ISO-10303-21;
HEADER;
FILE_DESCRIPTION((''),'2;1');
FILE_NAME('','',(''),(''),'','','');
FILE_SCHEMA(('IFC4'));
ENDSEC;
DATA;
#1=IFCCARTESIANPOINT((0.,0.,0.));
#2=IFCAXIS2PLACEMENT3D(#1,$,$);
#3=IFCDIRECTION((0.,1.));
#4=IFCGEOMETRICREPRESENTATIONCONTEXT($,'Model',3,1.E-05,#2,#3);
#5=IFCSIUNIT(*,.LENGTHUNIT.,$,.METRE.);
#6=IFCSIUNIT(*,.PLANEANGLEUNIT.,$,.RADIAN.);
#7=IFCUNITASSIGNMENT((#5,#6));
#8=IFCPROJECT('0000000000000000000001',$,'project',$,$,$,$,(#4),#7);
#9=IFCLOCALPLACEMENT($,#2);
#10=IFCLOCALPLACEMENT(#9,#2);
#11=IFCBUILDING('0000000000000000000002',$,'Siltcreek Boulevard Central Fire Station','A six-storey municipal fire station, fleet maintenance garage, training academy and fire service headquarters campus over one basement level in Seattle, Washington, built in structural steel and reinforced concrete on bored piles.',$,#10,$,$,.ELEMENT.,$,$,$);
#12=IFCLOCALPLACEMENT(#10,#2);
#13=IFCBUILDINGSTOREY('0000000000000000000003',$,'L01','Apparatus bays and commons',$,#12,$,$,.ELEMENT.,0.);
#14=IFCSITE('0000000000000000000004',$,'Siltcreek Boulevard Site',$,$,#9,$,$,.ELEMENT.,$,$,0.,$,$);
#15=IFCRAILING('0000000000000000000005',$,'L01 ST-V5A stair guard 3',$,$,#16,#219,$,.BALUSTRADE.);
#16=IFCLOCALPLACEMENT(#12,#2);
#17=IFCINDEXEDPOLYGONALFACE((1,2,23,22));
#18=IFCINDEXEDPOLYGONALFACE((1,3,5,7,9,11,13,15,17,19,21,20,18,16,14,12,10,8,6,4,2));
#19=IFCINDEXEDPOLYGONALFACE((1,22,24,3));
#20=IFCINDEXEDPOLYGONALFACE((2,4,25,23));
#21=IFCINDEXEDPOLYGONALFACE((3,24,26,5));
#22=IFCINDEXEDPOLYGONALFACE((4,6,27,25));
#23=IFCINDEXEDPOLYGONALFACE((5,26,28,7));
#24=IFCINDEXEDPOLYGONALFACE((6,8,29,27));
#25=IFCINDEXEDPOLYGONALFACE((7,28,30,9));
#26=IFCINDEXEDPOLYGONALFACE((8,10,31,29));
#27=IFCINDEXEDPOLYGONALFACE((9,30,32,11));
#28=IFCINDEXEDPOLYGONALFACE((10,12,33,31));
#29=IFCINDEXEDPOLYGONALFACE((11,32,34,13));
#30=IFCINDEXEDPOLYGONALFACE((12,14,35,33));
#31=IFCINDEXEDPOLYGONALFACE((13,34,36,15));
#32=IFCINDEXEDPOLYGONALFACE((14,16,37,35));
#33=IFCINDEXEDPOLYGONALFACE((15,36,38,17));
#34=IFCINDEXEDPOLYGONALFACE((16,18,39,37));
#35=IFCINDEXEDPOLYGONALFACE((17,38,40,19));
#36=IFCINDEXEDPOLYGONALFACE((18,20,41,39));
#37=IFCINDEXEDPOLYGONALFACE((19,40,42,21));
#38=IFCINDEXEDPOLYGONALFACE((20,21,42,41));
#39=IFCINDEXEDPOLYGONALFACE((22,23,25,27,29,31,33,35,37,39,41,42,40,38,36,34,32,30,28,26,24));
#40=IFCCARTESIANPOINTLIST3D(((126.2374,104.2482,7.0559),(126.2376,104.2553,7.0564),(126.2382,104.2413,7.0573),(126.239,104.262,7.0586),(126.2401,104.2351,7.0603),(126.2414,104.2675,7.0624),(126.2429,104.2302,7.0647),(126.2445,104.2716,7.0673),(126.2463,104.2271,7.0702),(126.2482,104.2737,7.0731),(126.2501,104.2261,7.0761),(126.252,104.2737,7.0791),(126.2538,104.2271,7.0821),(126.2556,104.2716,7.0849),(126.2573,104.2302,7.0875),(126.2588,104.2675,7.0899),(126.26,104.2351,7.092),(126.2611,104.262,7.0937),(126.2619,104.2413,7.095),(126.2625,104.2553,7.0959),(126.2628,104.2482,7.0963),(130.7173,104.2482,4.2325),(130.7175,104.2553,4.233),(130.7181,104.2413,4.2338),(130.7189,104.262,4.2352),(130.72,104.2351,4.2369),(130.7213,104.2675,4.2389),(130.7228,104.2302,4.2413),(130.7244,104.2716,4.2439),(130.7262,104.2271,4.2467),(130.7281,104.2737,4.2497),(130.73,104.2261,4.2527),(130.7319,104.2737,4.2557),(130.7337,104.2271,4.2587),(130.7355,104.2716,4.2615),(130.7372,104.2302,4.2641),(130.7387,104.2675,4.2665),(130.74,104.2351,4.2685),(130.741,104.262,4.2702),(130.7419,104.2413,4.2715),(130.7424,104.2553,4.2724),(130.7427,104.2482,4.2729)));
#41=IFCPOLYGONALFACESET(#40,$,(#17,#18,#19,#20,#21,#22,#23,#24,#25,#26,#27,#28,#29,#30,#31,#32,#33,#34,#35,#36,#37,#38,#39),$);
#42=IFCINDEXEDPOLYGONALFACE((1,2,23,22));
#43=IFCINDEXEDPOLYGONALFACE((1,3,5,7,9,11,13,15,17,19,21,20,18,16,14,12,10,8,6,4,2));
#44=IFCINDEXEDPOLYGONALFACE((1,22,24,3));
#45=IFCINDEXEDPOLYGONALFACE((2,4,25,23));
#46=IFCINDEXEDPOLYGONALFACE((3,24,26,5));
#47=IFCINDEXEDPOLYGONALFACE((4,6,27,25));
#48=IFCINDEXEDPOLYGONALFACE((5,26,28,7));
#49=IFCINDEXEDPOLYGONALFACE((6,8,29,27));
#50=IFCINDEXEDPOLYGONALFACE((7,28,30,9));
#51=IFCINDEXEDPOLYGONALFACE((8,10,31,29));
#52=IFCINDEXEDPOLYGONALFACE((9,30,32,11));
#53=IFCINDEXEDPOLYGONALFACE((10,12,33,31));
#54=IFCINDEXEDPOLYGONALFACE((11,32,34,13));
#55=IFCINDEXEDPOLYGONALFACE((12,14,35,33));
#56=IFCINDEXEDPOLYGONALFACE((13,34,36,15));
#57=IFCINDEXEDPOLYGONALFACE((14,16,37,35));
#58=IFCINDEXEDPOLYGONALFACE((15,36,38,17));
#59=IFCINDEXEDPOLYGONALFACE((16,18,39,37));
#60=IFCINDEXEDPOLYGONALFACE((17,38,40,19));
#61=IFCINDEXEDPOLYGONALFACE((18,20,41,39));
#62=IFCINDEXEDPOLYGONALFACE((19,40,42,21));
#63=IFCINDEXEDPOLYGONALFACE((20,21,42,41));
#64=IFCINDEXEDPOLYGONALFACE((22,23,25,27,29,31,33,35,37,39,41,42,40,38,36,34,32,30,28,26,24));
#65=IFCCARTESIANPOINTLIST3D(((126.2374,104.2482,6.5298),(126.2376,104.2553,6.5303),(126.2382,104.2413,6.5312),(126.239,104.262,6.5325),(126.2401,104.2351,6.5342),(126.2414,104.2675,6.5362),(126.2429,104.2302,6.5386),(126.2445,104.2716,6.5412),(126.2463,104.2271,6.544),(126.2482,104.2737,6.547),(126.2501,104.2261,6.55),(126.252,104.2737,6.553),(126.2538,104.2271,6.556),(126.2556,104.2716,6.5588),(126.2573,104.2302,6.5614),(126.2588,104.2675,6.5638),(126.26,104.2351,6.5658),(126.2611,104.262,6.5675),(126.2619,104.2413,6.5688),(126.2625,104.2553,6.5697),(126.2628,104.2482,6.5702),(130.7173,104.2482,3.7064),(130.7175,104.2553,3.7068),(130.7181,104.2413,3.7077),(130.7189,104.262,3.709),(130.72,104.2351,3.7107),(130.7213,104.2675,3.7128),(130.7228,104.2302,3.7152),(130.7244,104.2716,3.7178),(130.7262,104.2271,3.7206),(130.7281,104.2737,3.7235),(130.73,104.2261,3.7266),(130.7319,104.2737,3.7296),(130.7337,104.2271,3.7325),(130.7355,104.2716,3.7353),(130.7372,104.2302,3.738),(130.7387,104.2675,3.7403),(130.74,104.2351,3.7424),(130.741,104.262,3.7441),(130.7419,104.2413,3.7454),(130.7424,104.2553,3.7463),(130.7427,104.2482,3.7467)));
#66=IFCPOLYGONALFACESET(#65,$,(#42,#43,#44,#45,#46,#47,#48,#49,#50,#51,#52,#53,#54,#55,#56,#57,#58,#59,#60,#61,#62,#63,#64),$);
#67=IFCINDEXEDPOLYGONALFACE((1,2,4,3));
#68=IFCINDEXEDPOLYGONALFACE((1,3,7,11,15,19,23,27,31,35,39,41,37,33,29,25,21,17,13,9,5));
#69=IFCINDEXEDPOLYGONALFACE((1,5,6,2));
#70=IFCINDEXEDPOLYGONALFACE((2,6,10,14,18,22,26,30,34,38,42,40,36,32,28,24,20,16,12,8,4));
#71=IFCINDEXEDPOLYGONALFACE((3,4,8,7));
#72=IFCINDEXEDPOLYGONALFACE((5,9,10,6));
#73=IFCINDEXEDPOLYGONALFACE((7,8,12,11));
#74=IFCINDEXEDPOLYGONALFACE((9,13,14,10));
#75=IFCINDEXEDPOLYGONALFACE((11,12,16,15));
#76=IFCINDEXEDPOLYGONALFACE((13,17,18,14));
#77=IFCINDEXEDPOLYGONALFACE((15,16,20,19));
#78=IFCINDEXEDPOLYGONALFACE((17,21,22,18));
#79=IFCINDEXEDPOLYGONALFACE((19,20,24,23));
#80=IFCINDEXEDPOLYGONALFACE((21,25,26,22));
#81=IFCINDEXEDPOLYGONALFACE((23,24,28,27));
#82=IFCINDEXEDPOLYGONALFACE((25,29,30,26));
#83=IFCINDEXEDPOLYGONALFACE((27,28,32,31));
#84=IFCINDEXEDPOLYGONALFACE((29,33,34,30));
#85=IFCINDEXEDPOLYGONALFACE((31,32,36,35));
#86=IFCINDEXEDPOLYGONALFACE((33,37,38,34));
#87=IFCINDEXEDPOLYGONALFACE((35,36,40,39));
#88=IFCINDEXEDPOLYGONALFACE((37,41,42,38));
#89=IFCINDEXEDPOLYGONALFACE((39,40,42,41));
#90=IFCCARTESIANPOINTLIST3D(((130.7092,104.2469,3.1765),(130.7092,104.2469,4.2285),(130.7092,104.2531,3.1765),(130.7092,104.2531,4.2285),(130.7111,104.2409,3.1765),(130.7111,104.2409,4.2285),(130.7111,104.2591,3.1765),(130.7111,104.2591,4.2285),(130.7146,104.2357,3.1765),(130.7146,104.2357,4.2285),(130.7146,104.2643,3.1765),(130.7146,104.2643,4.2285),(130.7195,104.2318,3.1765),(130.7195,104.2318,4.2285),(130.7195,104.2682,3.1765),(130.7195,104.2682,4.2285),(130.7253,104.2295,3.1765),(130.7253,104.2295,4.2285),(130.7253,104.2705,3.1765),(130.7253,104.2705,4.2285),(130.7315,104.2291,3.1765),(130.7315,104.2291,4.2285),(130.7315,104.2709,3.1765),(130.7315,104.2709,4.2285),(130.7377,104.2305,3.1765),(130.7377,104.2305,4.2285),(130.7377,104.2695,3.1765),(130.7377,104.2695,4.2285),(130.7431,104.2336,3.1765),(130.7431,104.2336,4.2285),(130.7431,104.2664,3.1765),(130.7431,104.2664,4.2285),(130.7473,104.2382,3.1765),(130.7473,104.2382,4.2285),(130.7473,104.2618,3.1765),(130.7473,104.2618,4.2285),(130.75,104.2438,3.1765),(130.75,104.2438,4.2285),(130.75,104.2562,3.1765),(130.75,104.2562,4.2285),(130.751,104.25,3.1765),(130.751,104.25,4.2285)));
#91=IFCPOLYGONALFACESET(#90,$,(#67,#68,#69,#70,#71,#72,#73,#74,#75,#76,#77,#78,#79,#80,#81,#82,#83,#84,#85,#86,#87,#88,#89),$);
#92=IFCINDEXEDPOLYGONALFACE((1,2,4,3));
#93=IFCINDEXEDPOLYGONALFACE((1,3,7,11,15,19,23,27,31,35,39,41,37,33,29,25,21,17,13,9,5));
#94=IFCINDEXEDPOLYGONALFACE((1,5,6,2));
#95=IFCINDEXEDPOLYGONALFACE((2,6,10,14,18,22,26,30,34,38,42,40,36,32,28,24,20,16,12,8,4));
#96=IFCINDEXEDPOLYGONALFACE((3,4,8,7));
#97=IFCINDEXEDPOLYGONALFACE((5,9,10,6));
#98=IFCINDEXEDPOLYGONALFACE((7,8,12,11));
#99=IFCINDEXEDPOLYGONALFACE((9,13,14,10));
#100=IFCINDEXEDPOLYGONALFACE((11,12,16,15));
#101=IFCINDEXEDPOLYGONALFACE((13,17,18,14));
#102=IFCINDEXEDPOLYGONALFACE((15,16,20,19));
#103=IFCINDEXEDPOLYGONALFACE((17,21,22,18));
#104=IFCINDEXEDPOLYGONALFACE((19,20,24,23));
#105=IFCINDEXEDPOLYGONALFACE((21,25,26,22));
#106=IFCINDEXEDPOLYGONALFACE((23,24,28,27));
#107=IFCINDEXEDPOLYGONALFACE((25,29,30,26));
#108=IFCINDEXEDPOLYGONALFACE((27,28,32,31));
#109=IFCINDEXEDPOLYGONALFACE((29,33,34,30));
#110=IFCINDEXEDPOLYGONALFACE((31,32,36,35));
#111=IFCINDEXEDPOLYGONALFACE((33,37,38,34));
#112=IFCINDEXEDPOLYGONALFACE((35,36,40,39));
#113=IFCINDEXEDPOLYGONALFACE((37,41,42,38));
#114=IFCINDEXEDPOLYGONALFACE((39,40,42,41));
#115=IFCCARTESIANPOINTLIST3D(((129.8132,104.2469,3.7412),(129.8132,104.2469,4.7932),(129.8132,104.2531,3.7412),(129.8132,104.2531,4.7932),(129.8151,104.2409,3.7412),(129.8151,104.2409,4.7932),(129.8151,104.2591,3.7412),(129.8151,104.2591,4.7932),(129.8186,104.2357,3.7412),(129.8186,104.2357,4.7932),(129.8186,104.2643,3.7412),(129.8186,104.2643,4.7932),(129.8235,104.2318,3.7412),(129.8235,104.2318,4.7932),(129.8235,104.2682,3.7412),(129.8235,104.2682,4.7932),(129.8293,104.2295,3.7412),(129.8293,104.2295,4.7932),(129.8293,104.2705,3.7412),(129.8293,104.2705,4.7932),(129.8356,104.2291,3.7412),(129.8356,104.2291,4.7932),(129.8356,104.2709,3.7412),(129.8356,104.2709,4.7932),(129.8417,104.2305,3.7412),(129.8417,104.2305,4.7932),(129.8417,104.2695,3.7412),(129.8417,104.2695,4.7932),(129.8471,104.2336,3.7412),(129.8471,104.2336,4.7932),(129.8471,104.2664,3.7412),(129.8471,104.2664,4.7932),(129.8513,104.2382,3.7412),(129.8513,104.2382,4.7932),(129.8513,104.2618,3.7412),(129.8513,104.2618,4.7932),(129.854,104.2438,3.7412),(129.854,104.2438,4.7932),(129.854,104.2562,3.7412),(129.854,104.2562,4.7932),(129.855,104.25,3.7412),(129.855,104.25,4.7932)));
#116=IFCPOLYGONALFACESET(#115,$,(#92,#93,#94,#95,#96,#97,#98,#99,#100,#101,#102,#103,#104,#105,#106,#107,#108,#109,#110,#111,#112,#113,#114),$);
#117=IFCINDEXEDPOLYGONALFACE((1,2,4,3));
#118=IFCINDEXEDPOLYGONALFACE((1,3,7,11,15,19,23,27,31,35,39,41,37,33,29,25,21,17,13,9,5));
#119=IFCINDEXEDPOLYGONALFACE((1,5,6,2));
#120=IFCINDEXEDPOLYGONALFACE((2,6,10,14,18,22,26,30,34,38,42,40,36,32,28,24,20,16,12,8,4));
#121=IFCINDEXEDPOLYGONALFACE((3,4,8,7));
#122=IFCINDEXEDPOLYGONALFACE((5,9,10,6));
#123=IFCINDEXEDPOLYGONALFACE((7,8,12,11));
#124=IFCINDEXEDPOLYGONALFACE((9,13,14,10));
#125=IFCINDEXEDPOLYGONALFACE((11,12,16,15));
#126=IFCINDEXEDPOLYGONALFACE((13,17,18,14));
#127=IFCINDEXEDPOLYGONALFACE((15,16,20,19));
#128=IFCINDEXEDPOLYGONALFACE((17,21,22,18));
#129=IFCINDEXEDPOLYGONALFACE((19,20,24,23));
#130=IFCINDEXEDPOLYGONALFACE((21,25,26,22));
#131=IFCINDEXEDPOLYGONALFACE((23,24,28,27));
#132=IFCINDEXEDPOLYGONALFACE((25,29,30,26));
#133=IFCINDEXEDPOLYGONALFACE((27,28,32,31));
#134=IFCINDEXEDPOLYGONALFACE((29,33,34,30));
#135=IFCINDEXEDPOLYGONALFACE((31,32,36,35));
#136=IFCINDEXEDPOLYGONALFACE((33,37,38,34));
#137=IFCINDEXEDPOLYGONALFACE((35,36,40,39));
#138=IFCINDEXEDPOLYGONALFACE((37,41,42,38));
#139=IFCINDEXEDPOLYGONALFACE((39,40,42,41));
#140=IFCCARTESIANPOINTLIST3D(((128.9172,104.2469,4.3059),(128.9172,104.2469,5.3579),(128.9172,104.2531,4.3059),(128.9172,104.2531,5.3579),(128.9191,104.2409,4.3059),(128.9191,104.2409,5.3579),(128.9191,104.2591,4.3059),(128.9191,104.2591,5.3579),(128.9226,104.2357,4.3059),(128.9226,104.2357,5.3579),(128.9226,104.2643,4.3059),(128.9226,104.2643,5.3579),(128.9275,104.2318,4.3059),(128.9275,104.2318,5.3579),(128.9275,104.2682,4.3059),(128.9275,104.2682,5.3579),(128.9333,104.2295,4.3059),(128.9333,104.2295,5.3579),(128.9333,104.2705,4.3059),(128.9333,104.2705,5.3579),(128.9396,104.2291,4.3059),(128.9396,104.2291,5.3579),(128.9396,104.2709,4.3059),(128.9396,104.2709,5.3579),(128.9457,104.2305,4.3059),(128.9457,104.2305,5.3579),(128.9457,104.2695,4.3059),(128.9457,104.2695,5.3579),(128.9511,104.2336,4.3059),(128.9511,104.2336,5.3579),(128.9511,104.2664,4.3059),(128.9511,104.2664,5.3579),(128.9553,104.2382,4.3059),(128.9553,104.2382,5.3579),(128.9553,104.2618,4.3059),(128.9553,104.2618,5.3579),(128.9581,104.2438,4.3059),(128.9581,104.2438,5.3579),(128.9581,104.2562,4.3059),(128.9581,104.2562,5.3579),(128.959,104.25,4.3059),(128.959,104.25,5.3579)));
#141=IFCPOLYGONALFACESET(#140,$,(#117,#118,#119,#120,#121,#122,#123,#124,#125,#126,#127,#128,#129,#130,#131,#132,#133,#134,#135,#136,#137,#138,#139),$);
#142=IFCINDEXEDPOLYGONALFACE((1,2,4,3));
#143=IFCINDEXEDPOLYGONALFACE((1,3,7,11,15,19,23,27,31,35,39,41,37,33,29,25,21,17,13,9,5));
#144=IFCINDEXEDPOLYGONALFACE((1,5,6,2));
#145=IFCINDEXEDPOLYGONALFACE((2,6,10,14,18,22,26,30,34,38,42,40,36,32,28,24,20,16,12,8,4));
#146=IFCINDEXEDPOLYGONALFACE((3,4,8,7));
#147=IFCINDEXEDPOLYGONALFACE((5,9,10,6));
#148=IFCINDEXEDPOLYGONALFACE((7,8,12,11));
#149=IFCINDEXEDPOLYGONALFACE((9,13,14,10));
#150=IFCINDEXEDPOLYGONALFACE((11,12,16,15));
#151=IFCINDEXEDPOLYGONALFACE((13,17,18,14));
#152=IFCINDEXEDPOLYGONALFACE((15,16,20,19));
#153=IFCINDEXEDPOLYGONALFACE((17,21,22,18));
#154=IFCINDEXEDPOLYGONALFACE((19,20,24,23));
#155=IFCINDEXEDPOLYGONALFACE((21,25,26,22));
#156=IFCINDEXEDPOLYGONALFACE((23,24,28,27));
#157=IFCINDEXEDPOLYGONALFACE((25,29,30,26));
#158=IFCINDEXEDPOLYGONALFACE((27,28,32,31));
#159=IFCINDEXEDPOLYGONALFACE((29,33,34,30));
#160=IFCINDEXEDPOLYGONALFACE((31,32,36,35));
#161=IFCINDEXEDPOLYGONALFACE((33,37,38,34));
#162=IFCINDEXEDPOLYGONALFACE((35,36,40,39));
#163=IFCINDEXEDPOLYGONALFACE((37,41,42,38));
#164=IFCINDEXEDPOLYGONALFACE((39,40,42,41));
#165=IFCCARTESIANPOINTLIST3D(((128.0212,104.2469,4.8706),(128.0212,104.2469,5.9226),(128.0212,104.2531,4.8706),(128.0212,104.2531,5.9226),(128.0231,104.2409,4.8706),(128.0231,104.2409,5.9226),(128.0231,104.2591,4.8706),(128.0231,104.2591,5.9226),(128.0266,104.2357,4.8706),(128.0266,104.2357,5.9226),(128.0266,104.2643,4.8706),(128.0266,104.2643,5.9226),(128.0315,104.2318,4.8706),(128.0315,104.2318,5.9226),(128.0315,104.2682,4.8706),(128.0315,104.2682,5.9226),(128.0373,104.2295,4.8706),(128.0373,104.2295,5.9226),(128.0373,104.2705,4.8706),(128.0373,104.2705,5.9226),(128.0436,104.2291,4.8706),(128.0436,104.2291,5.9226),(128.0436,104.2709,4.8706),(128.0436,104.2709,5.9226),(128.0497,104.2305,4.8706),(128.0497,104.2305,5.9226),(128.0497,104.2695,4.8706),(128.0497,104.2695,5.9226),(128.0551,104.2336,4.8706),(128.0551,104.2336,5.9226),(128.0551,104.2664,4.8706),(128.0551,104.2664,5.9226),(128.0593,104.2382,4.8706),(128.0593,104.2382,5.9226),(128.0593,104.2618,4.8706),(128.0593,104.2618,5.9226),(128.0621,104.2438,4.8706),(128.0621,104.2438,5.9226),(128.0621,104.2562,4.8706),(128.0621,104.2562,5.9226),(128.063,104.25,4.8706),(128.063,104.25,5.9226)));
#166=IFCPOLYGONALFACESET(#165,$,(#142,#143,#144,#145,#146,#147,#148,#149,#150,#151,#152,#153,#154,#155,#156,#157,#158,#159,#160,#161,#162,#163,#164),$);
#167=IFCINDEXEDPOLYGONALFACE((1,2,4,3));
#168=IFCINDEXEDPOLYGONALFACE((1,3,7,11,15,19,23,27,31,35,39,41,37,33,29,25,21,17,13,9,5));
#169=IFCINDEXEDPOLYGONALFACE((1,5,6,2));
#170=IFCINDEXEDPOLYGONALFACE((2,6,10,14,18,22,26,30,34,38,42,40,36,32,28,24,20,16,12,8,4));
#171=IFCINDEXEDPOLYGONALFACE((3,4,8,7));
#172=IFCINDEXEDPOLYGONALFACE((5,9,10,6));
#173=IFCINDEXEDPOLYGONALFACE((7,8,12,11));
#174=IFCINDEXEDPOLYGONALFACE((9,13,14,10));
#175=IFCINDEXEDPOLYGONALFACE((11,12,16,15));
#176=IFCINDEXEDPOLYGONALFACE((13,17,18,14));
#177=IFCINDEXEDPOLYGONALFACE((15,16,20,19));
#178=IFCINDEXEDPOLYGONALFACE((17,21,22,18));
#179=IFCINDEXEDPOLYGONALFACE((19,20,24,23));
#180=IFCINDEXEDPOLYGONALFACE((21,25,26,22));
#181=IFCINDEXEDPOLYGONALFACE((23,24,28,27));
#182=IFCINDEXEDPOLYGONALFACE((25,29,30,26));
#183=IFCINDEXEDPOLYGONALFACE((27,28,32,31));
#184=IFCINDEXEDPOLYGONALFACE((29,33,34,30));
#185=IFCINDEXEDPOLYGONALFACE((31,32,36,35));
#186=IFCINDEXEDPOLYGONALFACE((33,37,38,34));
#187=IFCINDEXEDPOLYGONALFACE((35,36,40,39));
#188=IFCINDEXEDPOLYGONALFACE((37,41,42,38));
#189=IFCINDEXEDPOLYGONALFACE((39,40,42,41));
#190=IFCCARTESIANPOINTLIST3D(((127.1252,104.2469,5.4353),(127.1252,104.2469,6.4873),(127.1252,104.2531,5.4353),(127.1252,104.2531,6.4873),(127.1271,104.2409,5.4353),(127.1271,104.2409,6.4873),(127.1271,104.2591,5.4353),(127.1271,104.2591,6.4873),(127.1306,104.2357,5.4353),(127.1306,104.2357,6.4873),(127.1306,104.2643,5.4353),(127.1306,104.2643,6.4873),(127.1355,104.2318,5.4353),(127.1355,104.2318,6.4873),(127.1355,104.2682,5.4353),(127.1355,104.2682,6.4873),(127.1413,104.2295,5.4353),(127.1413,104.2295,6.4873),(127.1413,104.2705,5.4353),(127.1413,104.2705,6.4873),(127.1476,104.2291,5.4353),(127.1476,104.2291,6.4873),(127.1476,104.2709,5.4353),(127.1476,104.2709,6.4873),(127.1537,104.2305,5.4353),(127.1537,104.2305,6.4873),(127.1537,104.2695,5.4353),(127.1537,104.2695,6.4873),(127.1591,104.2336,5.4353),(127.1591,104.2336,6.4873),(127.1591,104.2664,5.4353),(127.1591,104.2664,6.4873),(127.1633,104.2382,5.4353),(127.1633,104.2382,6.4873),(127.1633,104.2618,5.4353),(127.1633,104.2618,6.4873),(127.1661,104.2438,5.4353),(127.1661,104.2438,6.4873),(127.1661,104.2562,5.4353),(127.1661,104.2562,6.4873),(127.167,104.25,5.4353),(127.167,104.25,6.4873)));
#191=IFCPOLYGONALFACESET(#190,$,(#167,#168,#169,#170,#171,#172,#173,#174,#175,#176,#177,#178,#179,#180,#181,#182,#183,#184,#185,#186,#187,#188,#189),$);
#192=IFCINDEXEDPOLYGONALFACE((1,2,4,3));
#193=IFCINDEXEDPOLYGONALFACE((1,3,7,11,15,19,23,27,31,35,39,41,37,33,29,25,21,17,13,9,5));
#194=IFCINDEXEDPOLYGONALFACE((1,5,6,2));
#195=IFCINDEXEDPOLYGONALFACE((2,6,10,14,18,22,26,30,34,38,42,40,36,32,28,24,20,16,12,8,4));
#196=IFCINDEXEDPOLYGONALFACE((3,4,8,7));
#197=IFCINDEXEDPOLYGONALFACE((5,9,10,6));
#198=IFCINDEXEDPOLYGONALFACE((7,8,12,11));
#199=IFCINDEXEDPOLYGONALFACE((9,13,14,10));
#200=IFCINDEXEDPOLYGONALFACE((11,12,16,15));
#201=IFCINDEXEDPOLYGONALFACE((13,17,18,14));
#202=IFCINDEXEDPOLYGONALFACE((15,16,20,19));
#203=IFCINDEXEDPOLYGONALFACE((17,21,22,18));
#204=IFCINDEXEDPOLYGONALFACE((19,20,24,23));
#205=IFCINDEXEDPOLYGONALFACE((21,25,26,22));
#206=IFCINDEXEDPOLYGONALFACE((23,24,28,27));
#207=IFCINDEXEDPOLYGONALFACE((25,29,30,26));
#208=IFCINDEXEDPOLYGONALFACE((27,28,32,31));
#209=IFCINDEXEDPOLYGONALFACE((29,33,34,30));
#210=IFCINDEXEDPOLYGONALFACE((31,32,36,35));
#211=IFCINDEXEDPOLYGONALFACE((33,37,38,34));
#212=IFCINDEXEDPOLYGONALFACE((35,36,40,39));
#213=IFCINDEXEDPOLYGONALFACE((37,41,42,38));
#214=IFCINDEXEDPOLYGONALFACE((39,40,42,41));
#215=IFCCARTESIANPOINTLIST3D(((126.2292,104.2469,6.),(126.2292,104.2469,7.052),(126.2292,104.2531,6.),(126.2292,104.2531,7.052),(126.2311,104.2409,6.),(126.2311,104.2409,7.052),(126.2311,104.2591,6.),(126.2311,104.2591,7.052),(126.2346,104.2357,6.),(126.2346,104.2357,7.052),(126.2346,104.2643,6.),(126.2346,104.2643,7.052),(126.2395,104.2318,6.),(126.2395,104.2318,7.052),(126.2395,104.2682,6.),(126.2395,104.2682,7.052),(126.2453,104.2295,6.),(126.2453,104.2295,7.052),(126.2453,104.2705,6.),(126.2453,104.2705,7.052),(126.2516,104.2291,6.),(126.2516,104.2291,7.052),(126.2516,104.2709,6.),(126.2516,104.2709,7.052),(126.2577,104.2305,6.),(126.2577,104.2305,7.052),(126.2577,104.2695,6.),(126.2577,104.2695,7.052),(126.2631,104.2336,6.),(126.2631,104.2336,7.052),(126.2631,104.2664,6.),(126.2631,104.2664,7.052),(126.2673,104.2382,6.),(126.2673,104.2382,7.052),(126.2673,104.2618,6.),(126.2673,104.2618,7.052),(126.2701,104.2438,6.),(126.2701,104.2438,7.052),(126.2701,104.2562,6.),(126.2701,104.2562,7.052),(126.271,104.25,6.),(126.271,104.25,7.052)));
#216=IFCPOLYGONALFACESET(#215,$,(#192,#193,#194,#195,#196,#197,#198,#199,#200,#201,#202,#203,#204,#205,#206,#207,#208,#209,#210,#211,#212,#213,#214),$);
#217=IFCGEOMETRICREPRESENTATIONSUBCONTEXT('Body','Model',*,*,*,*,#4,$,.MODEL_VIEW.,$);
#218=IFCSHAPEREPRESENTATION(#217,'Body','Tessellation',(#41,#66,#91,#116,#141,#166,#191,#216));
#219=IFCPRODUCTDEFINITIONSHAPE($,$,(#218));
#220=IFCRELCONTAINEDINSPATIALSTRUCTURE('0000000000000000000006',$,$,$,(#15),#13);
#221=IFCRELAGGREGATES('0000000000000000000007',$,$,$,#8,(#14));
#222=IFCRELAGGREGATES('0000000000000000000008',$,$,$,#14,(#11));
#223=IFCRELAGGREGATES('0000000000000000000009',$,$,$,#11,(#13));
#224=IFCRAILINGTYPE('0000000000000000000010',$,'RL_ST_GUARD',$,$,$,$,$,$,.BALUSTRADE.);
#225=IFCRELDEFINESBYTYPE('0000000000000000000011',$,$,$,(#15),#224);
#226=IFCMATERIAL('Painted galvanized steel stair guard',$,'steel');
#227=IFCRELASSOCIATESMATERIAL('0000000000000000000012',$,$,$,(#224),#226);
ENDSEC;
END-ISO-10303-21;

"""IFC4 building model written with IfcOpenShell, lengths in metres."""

from ifc_helpers import new_model, si_unit, direction, frame, origin, origin_2d, place, context, subcontext, project, spatial, circle, extrude, material, type_object, element, save


model = new_model("IFC4")

# Units and contexts
model_context = context("Model", 3, precision=1e-05, world=origin(), true_north=direction((0.0, 1.0)))
body_context = subcontext(model_context, "Body", "Model", "MODEL_VIEW")
ifc_project = project(units=[si_unit("LENGTHUNIT", "METRE"), si_unit("PLANEANGLEUNIT", "RADIAN")], contexts=[model_context])

# Site, building, storey
site_placement = place(None, origin())
site = spatial("IfcSite", under=ifc_project, at=site_placement, Name="Siltcreek Boulevard Site", CompositionType="ELEMENT", RefElevation=0.0)
building_placement = place(site_placement, origin())
building = spatial("IfcBuilding", under=site, at=building_placement, Name="Siltcreek Boulevard Central Fire Station", Description="A six-storey municipal fire station, fleet maintenance garage, training academy and fire service headquarters campus over one basement level in Seattle, Washington, built in structural steel and reinforced concrete on bored piles.", CompositionType="ELEMENT")
storey_placement = place(building_placement, origin())
storey = spatial("IfcBuildingStorey", under=building, at=storey_placement, Name="L01", Description="Apparatus bays and commons", CompositionType="ELEMENT", Elevation=0.0)

# Railing
ifc_material_1 = material(Name="Painted galvanized steel stair guard", Category="steel")
railing_type_1 = type_object("IfcRailingType", Name="RL_ST_GUARD", PredefinedType="BALUSTRADE", material=ifc_material_1)
railing_1_placement = place(storey_placement, frame((130.73, 104.25, 3.1765)))
element("IfcRailing", 1, at=railing_1_placement, inside=storey, type_object=railing_type_1, Name="L01 ST-V5A stair guard 3", PredefinedType="BALUSTRADE", context=body_context, shape_type="SweptSolid", body=[
    extrude(circle(Radius=0.0239, at=origin_2d()), frame((0.0, 0.0, 1.0762), z_axis=(-0.845998, 0.0, 0.533186), x_axis=(0.0, -1.0, 0.0)), (0.0, 0.0, 1.0), 5.2954),
    extrude(circle(Radius=0.0239, at=origin_2d()), frame((0.0, 0.0, 0.55), z_axis=(-0.845998, 0.0, 0.533186), x_axis=(0.0, -1.0, 0.0)), (0.0, 0.0, 1.0), 5.2954),
    extrude(circle(Radius=0.021, at=origin_2d()), origin(), (0.0, 0.0, 1.0), 1.052),
    extrude(circle(Radius=0.021, at=origin_2d()), frame((-0.896, 0.0, 0.5647)), (0.0, 0.0, 1.0), 1.052),
    extrude(circle(Radius=0.021, at=origin_2d()), frame((-1.792, 0.0, 1.1294)), (0.0, 0.0, 1.0), 1.052),
    extrude(circle(Radius=0.021, at=origin_2d()), frame((-2.688, 0.0, 1.6941)), (0.0, 0.0, 1.0), 1.052),
    extrude(circle(Radius=0.021, at=origin_2d()), frame((-3.584, 0.0, 2.2588)), (0.0, 0.0, 1.0), 1.052),
    extrude(circle(Radius=0.021, at=origin_2d()), frame((-4.48, 0.0, 2.8235)), (0.0, 0.0, 1.0), 1.052),
])

save(model, "model.ifc")
